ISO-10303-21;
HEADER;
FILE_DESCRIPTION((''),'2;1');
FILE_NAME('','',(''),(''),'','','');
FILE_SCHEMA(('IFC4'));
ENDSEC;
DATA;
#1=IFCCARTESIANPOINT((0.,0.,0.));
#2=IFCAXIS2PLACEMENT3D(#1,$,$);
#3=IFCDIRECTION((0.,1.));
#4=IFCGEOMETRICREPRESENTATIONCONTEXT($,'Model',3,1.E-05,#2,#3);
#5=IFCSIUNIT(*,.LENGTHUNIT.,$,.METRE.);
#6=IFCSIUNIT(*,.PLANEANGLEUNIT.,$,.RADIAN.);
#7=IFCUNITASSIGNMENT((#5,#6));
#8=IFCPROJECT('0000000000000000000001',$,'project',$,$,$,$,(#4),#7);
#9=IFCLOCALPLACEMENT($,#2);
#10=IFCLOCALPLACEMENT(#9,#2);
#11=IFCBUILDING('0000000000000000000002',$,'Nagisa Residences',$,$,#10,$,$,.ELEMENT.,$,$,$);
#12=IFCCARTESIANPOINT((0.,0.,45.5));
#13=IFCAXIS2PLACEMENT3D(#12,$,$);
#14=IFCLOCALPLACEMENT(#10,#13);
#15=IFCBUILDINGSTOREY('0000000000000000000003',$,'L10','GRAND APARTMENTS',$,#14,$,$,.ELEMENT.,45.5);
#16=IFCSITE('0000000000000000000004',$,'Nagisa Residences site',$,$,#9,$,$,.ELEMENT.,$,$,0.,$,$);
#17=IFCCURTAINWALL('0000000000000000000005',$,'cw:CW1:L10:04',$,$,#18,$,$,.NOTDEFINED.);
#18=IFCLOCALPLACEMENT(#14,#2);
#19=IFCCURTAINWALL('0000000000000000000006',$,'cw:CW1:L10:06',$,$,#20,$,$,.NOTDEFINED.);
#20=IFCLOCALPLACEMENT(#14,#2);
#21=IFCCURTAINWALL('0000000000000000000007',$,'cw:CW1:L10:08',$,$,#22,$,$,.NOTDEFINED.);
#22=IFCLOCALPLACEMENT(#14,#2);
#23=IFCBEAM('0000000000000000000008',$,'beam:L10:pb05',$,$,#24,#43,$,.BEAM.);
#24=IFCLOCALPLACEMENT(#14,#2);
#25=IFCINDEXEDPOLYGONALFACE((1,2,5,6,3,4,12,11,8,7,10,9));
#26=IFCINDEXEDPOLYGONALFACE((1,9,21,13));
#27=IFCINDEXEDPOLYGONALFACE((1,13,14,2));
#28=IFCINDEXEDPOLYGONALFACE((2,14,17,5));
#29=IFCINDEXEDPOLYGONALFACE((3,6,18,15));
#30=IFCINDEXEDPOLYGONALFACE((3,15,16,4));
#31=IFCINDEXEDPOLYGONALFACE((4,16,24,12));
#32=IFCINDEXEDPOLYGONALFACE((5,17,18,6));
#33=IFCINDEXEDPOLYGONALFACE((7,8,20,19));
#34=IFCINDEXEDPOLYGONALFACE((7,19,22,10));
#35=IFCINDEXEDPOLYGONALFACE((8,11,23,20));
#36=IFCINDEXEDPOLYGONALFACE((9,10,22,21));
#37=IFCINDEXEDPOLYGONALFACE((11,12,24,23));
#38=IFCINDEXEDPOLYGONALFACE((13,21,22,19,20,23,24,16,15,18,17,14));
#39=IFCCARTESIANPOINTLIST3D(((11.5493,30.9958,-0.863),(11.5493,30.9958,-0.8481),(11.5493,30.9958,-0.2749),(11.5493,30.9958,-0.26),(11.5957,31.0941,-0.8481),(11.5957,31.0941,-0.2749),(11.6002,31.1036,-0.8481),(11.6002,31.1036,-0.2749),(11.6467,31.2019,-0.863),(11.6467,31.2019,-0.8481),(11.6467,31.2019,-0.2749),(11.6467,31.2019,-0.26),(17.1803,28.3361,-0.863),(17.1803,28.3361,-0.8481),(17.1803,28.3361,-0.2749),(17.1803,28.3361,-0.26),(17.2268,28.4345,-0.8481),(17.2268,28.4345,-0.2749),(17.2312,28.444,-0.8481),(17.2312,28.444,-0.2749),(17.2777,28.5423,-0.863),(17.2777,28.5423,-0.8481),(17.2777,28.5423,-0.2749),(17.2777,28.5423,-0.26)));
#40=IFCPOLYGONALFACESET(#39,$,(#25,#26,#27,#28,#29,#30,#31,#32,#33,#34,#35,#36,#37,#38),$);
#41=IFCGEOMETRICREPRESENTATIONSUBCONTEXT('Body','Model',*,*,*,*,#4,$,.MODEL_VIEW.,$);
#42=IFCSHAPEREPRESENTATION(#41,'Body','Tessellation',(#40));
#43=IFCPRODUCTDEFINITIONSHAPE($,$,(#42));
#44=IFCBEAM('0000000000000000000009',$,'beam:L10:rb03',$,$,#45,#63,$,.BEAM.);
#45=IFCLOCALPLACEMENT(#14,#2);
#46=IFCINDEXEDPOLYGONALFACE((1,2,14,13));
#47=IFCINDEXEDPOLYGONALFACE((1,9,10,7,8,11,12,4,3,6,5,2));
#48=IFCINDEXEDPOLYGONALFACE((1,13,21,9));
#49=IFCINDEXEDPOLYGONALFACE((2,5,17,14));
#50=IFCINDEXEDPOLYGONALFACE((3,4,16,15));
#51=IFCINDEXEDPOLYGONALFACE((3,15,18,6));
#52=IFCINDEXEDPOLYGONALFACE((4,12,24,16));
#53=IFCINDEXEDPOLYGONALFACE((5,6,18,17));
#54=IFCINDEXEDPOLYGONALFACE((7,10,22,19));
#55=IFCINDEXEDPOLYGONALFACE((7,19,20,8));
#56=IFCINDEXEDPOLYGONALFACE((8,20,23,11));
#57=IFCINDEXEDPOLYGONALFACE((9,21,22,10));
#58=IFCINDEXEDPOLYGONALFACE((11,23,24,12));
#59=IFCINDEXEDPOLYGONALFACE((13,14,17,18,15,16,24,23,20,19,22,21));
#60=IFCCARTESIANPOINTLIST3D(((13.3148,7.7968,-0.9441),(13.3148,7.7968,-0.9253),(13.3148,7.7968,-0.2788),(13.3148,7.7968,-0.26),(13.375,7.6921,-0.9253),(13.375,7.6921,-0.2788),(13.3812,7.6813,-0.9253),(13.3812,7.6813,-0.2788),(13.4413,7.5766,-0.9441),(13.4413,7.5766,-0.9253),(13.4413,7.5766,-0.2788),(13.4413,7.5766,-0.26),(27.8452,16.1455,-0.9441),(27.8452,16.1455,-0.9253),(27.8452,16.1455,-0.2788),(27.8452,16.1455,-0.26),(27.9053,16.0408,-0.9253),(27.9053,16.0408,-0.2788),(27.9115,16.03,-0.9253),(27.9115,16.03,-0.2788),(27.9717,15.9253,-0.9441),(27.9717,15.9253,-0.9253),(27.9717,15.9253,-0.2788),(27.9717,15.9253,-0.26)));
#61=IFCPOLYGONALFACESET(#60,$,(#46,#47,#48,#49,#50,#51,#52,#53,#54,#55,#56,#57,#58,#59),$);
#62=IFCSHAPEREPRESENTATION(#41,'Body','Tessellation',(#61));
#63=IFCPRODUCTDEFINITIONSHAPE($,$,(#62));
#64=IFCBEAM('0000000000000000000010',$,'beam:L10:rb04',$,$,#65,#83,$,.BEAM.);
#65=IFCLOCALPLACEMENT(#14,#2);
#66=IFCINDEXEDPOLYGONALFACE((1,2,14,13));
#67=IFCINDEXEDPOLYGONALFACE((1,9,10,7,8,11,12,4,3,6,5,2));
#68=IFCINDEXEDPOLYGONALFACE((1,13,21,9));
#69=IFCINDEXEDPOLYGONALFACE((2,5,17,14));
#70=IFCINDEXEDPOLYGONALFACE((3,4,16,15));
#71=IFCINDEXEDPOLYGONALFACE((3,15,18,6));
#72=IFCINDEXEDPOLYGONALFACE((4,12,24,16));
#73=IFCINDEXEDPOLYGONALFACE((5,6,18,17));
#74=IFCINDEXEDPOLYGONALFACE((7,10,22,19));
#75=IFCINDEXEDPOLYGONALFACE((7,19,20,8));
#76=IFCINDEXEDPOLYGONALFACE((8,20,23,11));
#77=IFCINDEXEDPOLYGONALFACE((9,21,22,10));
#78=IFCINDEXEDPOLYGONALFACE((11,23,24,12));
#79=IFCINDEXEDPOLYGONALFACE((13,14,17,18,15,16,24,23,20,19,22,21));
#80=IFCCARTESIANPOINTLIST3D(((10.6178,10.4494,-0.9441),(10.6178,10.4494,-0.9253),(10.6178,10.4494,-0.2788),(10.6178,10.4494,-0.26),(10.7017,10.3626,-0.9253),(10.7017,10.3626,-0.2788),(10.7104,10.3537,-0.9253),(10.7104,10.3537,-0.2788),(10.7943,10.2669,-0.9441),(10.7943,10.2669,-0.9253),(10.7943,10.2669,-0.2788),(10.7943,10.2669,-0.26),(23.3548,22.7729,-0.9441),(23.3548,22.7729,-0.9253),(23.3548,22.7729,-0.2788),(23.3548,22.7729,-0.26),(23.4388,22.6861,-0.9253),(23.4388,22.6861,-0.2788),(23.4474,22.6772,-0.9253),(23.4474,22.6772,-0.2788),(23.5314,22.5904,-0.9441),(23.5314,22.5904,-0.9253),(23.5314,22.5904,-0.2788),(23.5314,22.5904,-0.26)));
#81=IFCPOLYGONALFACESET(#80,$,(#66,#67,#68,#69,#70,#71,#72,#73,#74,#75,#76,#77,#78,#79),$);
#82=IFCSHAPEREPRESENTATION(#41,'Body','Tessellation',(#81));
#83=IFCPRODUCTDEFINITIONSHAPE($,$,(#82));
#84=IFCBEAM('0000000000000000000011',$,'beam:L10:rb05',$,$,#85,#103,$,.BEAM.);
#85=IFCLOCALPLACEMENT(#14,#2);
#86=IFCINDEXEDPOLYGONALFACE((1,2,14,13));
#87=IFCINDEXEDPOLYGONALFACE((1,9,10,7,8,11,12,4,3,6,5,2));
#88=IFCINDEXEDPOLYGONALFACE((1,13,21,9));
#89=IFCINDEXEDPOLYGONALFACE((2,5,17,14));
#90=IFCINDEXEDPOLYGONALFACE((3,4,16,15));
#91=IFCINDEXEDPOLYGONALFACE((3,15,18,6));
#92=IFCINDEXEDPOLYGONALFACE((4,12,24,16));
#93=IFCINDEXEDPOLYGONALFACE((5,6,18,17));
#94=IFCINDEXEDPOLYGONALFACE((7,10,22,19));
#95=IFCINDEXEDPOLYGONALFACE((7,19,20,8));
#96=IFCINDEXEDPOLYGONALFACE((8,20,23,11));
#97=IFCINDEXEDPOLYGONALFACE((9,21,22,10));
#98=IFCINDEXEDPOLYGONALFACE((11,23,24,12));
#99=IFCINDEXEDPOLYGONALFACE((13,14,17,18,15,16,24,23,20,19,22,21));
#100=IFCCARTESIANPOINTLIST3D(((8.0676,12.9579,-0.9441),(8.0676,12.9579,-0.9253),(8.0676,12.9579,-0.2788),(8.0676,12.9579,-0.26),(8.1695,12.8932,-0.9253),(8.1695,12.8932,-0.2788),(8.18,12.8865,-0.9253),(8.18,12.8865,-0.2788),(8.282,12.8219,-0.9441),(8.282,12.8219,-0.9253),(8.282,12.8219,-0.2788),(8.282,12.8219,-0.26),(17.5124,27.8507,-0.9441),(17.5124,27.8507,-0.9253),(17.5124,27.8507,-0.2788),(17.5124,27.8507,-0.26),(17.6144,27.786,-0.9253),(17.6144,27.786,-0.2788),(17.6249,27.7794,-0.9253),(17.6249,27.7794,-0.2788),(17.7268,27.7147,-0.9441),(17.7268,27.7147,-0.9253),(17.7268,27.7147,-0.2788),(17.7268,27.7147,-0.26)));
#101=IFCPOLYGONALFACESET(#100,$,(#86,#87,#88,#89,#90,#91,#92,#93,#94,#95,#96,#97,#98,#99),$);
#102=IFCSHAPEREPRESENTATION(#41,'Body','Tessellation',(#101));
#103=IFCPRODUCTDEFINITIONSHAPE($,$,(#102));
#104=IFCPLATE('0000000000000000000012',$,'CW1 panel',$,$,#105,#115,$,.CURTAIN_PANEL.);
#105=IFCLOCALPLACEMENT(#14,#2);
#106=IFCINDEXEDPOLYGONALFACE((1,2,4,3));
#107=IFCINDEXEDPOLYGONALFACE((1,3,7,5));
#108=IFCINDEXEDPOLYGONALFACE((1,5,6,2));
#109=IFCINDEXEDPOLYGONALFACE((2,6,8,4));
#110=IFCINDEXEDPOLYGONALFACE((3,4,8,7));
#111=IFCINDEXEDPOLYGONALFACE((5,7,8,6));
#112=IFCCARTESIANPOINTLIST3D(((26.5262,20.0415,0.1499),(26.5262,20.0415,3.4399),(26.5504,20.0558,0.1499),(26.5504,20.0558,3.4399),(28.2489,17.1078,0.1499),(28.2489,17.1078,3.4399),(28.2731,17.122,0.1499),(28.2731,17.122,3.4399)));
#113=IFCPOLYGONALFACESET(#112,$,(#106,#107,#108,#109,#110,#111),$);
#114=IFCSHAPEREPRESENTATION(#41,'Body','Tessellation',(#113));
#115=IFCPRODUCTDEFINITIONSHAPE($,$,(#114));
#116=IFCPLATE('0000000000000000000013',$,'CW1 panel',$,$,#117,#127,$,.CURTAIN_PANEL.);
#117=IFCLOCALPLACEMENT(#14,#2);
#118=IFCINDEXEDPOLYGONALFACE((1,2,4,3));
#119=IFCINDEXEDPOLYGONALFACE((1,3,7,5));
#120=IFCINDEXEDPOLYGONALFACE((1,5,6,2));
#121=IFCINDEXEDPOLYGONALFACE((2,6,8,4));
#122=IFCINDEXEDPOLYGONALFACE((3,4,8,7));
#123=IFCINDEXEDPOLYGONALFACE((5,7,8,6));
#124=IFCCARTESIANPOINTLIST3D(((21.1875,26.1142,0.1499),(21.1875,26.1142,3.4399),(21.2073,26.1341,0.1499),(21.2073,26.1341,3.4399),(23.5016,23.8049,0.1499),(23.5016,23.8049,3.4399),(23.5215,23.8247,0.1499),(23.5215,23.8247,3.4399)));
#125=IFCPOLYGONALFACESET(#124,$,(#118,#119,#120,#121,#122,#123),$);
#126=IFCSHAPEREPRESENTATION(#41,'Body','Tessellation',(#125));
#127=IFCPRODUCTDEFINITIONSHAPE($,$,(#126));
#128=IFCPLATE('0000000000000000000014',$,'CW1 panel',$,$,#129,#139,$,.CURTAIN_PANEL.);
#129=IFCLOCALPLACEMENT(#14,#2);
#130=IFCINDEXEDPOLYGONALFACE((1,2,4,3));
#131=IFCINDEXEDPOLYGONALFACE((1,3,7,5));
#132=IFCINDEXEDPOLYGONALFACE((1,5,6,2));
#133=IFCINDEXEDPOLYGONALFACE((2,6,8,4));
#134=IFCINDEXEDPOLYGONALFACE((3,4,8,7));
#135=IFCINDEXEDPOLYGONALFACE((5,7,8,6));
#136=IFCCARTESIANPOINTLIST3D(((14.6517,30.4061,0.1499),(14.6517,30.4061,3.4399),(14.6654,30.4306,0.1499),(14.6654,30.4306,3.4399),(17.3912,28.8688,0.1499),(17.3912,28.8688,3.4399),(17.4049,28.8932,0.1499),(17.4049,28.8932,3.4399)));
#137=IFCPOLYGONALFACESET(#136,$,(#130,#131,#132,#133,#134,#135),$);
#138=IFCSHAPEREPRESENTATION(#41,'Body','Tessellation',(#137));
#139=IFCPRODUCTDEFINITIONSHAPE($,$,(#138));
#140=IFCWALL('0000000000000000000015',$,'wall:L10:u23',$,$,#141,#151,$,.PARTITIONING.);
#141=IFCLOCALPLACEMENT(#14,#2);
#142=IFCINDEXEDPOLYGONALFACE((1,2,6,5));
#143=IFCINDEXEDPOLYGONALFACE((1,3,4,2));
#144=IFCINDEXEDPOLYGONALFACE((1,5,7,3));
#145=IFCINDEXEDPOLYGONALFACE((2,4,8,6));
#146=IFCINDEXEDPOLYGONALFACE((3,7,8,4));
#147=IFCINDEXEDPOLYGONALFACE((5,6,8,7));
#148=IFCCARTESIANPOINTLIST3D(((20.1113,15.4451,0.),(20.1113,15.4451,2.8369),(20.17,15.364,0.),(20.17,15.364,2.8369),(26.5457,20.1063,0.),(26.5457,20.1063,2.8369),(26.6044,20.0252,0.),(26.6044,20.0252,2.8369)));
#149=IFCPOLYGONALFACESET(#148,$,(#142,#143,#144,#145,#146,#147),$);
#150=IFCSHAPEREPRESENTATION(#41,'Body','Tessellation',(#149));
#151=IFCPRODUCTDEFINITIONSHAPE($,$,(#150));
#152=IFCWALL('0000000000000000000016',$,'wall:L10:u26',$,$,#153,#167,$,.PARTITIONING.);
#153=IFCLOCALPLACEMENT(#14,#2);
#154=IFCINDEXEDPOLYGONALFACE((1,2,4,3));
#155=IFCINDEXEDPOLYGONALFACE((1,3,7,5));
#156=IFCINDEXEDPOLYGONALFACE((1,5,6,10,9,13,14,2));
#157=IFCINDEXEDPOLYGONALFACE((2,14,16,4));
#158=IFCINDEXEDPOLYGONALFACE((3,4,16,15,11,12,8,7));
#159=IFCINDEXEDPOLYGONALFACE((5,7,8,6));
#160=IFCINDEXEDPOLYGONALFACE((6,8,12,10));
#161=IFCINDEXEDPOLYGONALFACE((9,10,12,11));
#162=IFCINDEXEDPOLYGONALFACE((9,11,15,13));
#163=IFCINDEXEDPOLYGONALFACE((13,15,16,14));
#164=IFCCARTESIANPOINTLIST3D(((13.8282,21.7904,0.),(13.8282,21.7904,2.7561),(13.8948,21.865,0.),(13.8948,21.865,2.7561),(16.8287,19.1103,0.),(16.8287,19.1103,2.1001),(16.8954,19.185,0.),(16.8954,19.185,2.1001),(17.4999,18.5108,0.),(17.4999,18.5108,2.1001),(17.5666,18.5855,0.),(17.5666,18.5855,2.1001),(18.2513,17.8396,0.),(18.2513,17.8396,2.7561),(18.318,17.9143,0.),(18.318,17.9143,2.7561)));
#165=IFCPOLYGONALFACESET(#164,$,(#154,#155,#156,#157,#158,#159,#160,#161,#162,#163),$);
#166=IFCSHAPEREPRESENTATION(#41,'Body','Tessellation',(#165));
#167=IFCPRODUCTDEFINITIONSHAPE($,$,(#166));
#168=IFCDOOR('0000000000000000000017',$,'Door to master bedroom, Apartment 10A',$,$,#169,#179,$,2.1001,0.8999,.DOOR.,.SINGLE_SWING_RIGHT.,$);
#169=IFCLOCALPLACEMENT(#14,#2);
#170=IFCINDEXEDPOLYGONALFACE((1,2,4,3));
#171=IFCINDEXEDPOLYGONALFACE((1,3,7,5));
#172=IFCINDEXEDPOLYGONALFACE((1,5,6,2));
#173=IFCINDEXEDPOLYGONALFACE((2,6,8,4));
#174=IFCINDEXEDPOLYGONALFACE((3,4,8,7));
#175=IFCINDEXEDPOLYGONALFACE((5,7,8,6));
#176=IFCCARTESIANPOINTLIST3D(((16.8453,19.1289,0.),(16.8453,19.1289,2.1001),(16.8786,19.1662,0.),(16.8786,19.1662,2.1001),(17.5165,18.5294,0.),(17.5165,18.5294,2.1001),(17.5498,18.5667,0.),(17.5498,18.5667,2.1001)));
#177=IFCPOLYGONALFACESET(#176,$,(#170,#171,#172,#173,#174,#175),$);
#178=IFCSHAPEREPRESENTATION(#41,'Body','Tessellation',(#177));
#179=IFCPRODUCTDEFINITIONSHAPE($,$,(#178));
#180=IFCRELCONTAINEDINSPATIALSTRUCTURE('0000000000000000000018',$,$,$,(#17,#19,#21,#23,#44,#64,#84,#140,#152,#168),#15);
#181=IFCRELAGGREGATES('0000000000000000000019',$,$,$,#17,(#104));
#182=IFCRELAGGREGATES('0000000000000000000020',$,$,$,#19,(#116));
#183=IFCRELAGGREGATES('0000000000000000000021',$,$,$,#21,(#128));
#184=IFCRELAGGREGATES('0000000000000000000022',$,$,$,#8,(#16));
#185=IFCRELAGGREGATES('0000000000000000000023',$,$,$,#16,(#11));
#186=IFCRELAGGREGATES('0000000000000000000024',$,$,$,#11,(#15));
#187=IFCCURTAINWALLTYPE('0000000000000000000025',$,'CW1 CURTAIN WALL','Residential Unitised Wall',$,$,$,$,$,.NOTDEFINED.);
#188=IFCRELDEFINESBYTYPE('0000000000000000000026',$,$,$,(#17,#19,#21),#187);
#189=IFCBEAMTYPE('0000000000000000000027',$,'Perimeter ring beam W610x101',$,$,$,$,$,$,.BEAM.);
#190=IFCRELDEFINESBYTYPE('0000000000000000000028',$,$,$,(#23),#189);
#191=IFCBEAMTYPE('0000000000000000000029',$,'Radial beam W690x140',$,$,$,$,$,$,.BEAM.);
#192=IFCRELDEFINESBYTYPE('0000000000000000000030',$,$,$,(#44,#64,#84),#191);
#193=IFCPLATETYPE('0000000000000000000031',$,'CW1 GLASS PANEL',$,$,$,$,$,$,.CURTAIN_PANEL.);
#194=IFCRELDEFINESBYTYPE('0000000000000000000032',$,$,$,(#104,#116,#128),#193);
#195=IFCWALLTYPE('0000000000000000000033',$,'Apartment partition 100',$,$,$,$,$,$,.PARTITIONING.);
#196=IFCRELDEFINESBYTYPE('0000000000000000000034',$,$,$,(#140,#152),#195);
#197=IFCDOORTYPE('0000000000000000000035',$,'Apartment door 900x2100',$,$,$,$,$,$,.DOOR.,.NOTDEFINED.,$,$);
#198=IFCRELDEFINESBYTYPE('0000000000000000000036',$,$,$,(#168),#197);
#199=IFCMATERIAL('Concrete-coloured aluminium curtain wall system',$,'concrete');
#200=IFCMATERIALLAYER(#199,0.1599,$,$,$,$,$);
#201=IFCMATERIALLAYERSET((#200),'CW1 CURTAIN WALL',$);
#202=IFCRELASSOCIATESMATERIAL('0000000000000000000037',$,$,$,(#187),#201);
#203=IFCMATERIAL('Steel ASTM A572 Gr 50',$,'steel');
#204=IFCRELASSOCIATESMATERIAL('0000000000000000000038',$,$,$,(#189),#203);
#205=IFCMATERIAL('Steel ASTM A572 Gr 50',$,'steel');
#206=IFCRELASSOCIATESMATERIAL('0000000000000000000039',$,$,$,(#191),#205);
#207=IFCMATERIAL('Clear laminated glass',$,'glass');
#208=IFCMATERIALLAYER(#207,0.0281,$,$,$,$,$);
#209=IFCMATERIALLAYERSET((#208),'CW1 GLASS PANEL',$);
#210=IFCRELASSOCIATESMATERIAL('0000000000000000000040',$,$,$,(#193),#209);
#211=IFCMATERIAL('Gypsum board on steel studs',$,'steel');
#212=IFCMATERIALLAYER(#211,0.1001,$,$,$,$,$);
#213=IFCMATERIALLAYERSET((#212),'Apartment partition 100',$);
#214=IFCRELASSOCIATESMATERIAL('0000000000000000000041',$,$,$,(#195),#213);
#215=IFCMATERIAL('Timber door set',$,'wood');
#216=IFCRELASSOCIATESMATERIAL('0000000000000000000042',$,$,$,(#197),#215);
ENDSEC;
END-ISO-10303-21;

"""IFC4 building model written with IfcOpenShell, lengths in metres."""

from ifc_helpers import new_model, si_unit, direction, frame, frame_2d, origin, origin_2d, place, context, subcontext, project, spatial, rectangle, i_section, extrude, material, layer, layer_set, material_profile, profile_set, type_object, element, fill, aggregate, save


model = new_model("IFC4")

# Units and contexts
model_context = context("Model", 3, precision=1e-05, world=origin(), true_north=direction((0.0, 1.0)))
body_context = subcontext(model_context, "Body", "Model", "MODEL_VIEW")
ifc_project = project(units=[si_unit("LENGTHUNIT", "METRE"), si_unit("PLANEANGLEUNIT", "RADIAN")], contexts=[model_context])

# Site, building, storey
site_placement = place(None, origin())
site = spatial("IfcSite", under=ifc_project, at=site_placement, Name="Nagisa Residences site", CompositionType="ELEMENT", RefElevation=0.0)
building_placement = place(site_placement, origin())
building = spatial("IfcBuilding", under=site, at=building_placement, Name="Nagisa Residences", CompositionType="ELEMENT")
storey_placement = place(building_placement, frame((0.0, 0.0, 45.5)))
storey = spatial("IfcBuildingStorey", under=building, at=storey_placement, Name="L10", Description="GRAND APARTMENTS", CompositionType="ELEMENT", Elevation=45.5)

# Curtain walls
ifc_material_1 = material(Name="Concrete-coloured aluminium curtain wall system", Category="concrete")
ifc_layer_1 = layer(ifc_material_1, 0.1599)
ifc_layer_set_1 = layer_set([ifc_layer_1], Name="CW1 CURTAIN WALL")
curtain_wall_type = type_object("IfcCurtainWallType", Name="CW1 CURTAIN WALL", Description="Residential Unitised Wall", PredefinedType="NOTDEFINED", material=ifc_layer_set_1)
curtain_wall_1_placement = place(storey_placement, origin())
curtain_wall_1 = element("IfcCurtainWall", 1, at=curtain_wall_1_placement, inside=storey, type_object=curtain_wall_type, Name="cw:CW1:L10:04", PredefinedType="NOTDEFINED")
curtain_wall_2_placement = place(storey_placement, origin())
curtain_wall_2 = element("IfcCurtainWall", 2, at=curtain_wall_2_placement, inside=storey, type_object=curtain_wall_type, Name="cw:CW1:L10:06", PredefinedType="NOTDEFINED")
curtain_wall_3_placement = place(storey_placement, origin())
curtain_wall_3 = element("IfcCurtainWall", 3, at=curtain_wall_3_placement, inside=storey, type_object=curtain_wall_type, Name="cw:CW1:L10:08", PredefinedType="NOTDEFINED")

# Beams
ifc_material_2 = material(Name="Steel ASTM A572 Gr 50", Category="steel")
ifc_material_profile_1 = material_profile(ifc_material_2, i_section(OverallWidth=0.228, OverallDepth=0.603, WebThickness=0.0105, FlangeThickness=0.0149, at=origin_2d()), Name="W610x101")
ifc_profile_set_1 = profile_set([ifc_material_profile_1], Name="Steel ASTM A572 Gr 50")
beam_type_1 = type_object("IfcBeamType", Name="Perimeter ring beam W610x101", PredefinedType="BEAM", material=ifc_profile_set_1)
beam_1_placement = place(storey_placement, frame((17.229, 28.4392, -0.5615), z_axis=(-0.904215, 0.427077, 0.0), x_axis=(-0.427077, -0.904215, 0.0)))
element("IfcBeam", 4, at=beam_1_placement, inside=storey, type_object=beam_type_1, Name="beam:L10:pb05", PredefinedType="BEAM", context=body_context, shape_type="SweptSolid", body=[
    extrude(i_section(OverallWidth=0.228, OverallDepth=0.603, WebThickness=0.0105, FlangeThickness=0.0149, at=origin_2d()), origin(), (0.0, 0.0, 1.0), 6.2275),
])
ifc_material_3 = material(Name="Steel ASTM A572 Gr 50", Category="steel")
ifc_material_profile_2 = material_profile(ifc_material_3, i_section(OverallWidth=0.2539, OverallDepth=0.6841, WebThickness=0.0125, FlangeThickness=0.0188, at=origin_2d()), Name="W690x140")
ifc_profile_set_2 = profile_set([ifc_material_profile_2], Name="Steel ASTM A572 Gr 50")
beam_type_2 = type_object("IfcBeamType", Name="Radial beam W690x140", PredefinedType="BEAM", material=ifc_profile_set_2)
beam_2_placement = place(storey_placement, frame((27.9084, 16.0354, -0.6021), z_axis=(-0.867068, -0.49819, 0.0), x_axis=(0.49819, -0.867068, 0.0)))
element("IfcBeam", 5, at=beam_2_placement, inside=storey, type_object=beam_type_2, Name="beam:L10:rb03", PredefinedType="BEAM", context=body_context, shape_type="SweptSolid", body=[
    extrude(i_section(OverallWidth=0.2539, OverallDepth=0.6841, WebThickness=0.0125, FlangeThickness=0.0188, at=origin_2d()), origin(), (0.0, 0.0, 1.0), 16.7581),
])
beam_3_placement = place(storey_placement, frame((23.4431, 22.6816, -0.6021), z_axis=(-0.718678, -0.695343, 0.0), x_axis=(0.695343, -0.718678, 0.0)))
element("IfcBeam", 6, at=beam_3_placement, inside=storey, type_object=beam_type_2, Name="beam:L10:rb04", PredefinedType="BEAM", context=body_context, shape_type="SweptSolid", body=[
    extrude(i_section(OverallWidth=0.2539, OverallDepth=0.6841, WebThickness=0.0125, FlangeThickness=0.0188, at=origin_2d()), origin(), (0.0, 0.0, 1.0), 17.7229),
])
beam_4_placement = place(storey_placement, frame((17.6196, 27.7827, -0.6021), z_axis=(-0.535566, -0.844493, 0.0), x_axis=(0.844493, -0.535566, 0.0)))
element("IfcBeam", 7, at=beam_4_placement, inside=storey, type_object=beam_type_2, Name="beam:L10:rb05", PredefinedType="BEAM", context=body_context, shape_type="SweptSolid", body=[
    extrude(i_section(OverallWidth=0.2539, OverallDepth=0.6841, WebThickness=0.0125, FlangeThickness=0.0188, at=origin_2d()), origin(), (0.0, 0.0, 1.0), 17.6353),
])

# Plates
ifc_material_4 = material(Name="Clear laminated glass", Category="glass")
ifc_layer_2 = layer(ifc_material_4, 0.0281)
ifc_layer_set_2 = layer_set([ifc_layer_2], Name="CW1 GLASS PANEL")
plate_type = type_object("IfcPlateType", Name="CW1 GLASS PANEL", PredefinedType="CURTAIN_PANEL", material=ifc_layer_set_2)
plate_1_placement = place(storey_placement, frame((27.3997, 18.5818, 0.1499), z_axis=(0.0, 0.0, 1.0), x_axis=(-0.506349, 0.862329, 0.0)))
plate_1 = element("IfcPlate", 8, at=plate_1_placement, type_object=plate_type, Name="CW1 panel", PredefinedType="CURTAIN_PANEL", context=body_context, shape_type="SweptSolid", body=[
    extrude(rectangle(XDim=3.4021, YDim=0.0281, at=origin_2d()), origin(), (0.0, 0.0, 1.0), 3.29),
])
aggregate(curtain_wall_1, [plate_1])
plate_2_placement = place(storey_placement, frame((22.3545, 24.9695, 0.1499), z_axis=(0.0, 0.0, 1.0), x_axis=(-0.707836, 0.706377, 0.0)))
plate_2 = element("IfcPlate", 9, at=plate_2_placement, type_object=plate_type, Name="CW1 panel", PredefinedType="CURTAIN_PANEL", context=body_context, shape_type="SweptSolid", body=[
    extrude(rectangle(XDim=3.2693, YDim=0.0281, at=origin_2d()), origin(), (0.0, 0.0, 1.0), 3.29),
])
aggregate(curtain_wall_2, [plate_2])
plate_3_placement = place(storey_placement, frame((16.0283, 29.6497, 0.1499), z_axis=(0.0, 0.0, 1.0), x_axis=(-0.872072, 0.489377, 0.0)))
plate_3 = element("IfcPlate", 10, at=plate_3_placement, type_object=plate_type, Name="CW1 panel", PredefinedType="CURTAIN_PANEL", context=body_context, shape_type="SweptSolid", body=[
    extrude(rectangle(XDim=3.1414, YDim=0.0281, at=origin_2d()), origin(), (0.0, 0.0, 1.0), 3.29),
])
aggregate(curtain_wall_3, [plate_3])

# Wall
ifc_material_5 = material(Name="Gypsum board on steel studs", Category="steel")
ifc_layer_3 = layer(ifc_material_5, 0.1001)
ifc_layer_set_3 = layer_set([ifc_layer_3], Name="Apartment partition 100")
wall_type_1 = type_object("IfcWallType", Name="Apartment partition 100", PredefinedType="PARTITIONING", material=ifc_layer_set_3)
wall_1_placement = place(storey_placement, frame((20.1406, 15.4045, 0.0), z_axis=(0.0, 0.0, 1.0), x_axis=(0.809835, 0.586658, 0.0)))
element("IfcWall", 11, at=wall_1_placement, inside=storey, type_object=wall_type_1, Name="wall:L10:u23", PredefinedType="PARTITIONING", context=body_context, shape_type="SweptSolid", body=[
    extrude(rectangle(XDim=7.9453, YDim=0.1001, at=frame_2d((3.9727, 0.0))), origin(), (0.0, 0.0, 1.0), 2.8369),
])

# Wall, opening, door
wall_2_placement = place(storey_placement, frame((18.2847, 17.877, 0.0), z_axis=(0.0, 0.0, 1.0), x_axis=(-0.745813, 0.666156, 0.0)))
wall_2 = element("IfcWall", 12, at=wall_2_placement, inside=storey, type_object=wall_type_1, Name="wall:L10:u26", PredefinedType="PARTITIONING", context=body_context, shape_type="SweptSolid", body=[
    extrude(rectangle(XDim=5.9307, YDim=0.1001, at=frame_2d((2.9653, 0.0))), origin(), (0.0, 0.0, 1.0), 2.7561),
])
opening_1_placement = place(wall_2_placement, frame((1.0076, 0.0, 0.0)))
opening_1 = element("IfcOpeningElement", 13, at=opening_1_placement, cuts=wall_2, PredefinedType="OPENING", context=body_context, shape_type="SweptSolid", body=[
    extrude(rectangle(XDim=0.8999, YDim=2.1001, at=frame_2d((0.45, 1.05))), frame((0.0, 0.0601, 0.0), z_axis=(0.0, -1.0, 0.0), x_axis=(1.0, 0.0, 0.0)), (0.0, 0.0, 1.0), 0.1201),
])
ifc_material_6 = material(Name="Timber door set", Category="wood")
door_type_1 = type_object("IfcDoorType", Name="Apartment door 900x2100", OperationType="NOTDEFINED", PredefinedType="DOOR", material=ifc_material_6)
door_1_placement = place(opening_1_placement, frame((0.8999, 0.0, 0.0), x_axis=(-1.0, 0.0, 0.0)))
door_1 = element("IfcDoor", 14, at=door_1_placement, inside=storey, type_object=door_type_1, Name="Door to master bedroom, Apartment 10A", OperationType="SINGLE_SWING_RIGHT", OverallHeight=2.1001, OverallWidth=0.8999, PredefinedType="DOOR", context=body_context, shape_type="SweptSolid", body=[
    extrude(rectangle(XDim=0.8999, YDim=2.1001, at=frame_2d((0.45, 1.05))), frame((0.0, 0.0249, 0.0), z_axis=(0.0, -1.0, 0.0), x_axis=(1.0, 0.0, 0.0)), (0.0, 0.0, 1.0), 0.05),
])
fill(opening_1, door_1)

save(model, "model.ifc")
